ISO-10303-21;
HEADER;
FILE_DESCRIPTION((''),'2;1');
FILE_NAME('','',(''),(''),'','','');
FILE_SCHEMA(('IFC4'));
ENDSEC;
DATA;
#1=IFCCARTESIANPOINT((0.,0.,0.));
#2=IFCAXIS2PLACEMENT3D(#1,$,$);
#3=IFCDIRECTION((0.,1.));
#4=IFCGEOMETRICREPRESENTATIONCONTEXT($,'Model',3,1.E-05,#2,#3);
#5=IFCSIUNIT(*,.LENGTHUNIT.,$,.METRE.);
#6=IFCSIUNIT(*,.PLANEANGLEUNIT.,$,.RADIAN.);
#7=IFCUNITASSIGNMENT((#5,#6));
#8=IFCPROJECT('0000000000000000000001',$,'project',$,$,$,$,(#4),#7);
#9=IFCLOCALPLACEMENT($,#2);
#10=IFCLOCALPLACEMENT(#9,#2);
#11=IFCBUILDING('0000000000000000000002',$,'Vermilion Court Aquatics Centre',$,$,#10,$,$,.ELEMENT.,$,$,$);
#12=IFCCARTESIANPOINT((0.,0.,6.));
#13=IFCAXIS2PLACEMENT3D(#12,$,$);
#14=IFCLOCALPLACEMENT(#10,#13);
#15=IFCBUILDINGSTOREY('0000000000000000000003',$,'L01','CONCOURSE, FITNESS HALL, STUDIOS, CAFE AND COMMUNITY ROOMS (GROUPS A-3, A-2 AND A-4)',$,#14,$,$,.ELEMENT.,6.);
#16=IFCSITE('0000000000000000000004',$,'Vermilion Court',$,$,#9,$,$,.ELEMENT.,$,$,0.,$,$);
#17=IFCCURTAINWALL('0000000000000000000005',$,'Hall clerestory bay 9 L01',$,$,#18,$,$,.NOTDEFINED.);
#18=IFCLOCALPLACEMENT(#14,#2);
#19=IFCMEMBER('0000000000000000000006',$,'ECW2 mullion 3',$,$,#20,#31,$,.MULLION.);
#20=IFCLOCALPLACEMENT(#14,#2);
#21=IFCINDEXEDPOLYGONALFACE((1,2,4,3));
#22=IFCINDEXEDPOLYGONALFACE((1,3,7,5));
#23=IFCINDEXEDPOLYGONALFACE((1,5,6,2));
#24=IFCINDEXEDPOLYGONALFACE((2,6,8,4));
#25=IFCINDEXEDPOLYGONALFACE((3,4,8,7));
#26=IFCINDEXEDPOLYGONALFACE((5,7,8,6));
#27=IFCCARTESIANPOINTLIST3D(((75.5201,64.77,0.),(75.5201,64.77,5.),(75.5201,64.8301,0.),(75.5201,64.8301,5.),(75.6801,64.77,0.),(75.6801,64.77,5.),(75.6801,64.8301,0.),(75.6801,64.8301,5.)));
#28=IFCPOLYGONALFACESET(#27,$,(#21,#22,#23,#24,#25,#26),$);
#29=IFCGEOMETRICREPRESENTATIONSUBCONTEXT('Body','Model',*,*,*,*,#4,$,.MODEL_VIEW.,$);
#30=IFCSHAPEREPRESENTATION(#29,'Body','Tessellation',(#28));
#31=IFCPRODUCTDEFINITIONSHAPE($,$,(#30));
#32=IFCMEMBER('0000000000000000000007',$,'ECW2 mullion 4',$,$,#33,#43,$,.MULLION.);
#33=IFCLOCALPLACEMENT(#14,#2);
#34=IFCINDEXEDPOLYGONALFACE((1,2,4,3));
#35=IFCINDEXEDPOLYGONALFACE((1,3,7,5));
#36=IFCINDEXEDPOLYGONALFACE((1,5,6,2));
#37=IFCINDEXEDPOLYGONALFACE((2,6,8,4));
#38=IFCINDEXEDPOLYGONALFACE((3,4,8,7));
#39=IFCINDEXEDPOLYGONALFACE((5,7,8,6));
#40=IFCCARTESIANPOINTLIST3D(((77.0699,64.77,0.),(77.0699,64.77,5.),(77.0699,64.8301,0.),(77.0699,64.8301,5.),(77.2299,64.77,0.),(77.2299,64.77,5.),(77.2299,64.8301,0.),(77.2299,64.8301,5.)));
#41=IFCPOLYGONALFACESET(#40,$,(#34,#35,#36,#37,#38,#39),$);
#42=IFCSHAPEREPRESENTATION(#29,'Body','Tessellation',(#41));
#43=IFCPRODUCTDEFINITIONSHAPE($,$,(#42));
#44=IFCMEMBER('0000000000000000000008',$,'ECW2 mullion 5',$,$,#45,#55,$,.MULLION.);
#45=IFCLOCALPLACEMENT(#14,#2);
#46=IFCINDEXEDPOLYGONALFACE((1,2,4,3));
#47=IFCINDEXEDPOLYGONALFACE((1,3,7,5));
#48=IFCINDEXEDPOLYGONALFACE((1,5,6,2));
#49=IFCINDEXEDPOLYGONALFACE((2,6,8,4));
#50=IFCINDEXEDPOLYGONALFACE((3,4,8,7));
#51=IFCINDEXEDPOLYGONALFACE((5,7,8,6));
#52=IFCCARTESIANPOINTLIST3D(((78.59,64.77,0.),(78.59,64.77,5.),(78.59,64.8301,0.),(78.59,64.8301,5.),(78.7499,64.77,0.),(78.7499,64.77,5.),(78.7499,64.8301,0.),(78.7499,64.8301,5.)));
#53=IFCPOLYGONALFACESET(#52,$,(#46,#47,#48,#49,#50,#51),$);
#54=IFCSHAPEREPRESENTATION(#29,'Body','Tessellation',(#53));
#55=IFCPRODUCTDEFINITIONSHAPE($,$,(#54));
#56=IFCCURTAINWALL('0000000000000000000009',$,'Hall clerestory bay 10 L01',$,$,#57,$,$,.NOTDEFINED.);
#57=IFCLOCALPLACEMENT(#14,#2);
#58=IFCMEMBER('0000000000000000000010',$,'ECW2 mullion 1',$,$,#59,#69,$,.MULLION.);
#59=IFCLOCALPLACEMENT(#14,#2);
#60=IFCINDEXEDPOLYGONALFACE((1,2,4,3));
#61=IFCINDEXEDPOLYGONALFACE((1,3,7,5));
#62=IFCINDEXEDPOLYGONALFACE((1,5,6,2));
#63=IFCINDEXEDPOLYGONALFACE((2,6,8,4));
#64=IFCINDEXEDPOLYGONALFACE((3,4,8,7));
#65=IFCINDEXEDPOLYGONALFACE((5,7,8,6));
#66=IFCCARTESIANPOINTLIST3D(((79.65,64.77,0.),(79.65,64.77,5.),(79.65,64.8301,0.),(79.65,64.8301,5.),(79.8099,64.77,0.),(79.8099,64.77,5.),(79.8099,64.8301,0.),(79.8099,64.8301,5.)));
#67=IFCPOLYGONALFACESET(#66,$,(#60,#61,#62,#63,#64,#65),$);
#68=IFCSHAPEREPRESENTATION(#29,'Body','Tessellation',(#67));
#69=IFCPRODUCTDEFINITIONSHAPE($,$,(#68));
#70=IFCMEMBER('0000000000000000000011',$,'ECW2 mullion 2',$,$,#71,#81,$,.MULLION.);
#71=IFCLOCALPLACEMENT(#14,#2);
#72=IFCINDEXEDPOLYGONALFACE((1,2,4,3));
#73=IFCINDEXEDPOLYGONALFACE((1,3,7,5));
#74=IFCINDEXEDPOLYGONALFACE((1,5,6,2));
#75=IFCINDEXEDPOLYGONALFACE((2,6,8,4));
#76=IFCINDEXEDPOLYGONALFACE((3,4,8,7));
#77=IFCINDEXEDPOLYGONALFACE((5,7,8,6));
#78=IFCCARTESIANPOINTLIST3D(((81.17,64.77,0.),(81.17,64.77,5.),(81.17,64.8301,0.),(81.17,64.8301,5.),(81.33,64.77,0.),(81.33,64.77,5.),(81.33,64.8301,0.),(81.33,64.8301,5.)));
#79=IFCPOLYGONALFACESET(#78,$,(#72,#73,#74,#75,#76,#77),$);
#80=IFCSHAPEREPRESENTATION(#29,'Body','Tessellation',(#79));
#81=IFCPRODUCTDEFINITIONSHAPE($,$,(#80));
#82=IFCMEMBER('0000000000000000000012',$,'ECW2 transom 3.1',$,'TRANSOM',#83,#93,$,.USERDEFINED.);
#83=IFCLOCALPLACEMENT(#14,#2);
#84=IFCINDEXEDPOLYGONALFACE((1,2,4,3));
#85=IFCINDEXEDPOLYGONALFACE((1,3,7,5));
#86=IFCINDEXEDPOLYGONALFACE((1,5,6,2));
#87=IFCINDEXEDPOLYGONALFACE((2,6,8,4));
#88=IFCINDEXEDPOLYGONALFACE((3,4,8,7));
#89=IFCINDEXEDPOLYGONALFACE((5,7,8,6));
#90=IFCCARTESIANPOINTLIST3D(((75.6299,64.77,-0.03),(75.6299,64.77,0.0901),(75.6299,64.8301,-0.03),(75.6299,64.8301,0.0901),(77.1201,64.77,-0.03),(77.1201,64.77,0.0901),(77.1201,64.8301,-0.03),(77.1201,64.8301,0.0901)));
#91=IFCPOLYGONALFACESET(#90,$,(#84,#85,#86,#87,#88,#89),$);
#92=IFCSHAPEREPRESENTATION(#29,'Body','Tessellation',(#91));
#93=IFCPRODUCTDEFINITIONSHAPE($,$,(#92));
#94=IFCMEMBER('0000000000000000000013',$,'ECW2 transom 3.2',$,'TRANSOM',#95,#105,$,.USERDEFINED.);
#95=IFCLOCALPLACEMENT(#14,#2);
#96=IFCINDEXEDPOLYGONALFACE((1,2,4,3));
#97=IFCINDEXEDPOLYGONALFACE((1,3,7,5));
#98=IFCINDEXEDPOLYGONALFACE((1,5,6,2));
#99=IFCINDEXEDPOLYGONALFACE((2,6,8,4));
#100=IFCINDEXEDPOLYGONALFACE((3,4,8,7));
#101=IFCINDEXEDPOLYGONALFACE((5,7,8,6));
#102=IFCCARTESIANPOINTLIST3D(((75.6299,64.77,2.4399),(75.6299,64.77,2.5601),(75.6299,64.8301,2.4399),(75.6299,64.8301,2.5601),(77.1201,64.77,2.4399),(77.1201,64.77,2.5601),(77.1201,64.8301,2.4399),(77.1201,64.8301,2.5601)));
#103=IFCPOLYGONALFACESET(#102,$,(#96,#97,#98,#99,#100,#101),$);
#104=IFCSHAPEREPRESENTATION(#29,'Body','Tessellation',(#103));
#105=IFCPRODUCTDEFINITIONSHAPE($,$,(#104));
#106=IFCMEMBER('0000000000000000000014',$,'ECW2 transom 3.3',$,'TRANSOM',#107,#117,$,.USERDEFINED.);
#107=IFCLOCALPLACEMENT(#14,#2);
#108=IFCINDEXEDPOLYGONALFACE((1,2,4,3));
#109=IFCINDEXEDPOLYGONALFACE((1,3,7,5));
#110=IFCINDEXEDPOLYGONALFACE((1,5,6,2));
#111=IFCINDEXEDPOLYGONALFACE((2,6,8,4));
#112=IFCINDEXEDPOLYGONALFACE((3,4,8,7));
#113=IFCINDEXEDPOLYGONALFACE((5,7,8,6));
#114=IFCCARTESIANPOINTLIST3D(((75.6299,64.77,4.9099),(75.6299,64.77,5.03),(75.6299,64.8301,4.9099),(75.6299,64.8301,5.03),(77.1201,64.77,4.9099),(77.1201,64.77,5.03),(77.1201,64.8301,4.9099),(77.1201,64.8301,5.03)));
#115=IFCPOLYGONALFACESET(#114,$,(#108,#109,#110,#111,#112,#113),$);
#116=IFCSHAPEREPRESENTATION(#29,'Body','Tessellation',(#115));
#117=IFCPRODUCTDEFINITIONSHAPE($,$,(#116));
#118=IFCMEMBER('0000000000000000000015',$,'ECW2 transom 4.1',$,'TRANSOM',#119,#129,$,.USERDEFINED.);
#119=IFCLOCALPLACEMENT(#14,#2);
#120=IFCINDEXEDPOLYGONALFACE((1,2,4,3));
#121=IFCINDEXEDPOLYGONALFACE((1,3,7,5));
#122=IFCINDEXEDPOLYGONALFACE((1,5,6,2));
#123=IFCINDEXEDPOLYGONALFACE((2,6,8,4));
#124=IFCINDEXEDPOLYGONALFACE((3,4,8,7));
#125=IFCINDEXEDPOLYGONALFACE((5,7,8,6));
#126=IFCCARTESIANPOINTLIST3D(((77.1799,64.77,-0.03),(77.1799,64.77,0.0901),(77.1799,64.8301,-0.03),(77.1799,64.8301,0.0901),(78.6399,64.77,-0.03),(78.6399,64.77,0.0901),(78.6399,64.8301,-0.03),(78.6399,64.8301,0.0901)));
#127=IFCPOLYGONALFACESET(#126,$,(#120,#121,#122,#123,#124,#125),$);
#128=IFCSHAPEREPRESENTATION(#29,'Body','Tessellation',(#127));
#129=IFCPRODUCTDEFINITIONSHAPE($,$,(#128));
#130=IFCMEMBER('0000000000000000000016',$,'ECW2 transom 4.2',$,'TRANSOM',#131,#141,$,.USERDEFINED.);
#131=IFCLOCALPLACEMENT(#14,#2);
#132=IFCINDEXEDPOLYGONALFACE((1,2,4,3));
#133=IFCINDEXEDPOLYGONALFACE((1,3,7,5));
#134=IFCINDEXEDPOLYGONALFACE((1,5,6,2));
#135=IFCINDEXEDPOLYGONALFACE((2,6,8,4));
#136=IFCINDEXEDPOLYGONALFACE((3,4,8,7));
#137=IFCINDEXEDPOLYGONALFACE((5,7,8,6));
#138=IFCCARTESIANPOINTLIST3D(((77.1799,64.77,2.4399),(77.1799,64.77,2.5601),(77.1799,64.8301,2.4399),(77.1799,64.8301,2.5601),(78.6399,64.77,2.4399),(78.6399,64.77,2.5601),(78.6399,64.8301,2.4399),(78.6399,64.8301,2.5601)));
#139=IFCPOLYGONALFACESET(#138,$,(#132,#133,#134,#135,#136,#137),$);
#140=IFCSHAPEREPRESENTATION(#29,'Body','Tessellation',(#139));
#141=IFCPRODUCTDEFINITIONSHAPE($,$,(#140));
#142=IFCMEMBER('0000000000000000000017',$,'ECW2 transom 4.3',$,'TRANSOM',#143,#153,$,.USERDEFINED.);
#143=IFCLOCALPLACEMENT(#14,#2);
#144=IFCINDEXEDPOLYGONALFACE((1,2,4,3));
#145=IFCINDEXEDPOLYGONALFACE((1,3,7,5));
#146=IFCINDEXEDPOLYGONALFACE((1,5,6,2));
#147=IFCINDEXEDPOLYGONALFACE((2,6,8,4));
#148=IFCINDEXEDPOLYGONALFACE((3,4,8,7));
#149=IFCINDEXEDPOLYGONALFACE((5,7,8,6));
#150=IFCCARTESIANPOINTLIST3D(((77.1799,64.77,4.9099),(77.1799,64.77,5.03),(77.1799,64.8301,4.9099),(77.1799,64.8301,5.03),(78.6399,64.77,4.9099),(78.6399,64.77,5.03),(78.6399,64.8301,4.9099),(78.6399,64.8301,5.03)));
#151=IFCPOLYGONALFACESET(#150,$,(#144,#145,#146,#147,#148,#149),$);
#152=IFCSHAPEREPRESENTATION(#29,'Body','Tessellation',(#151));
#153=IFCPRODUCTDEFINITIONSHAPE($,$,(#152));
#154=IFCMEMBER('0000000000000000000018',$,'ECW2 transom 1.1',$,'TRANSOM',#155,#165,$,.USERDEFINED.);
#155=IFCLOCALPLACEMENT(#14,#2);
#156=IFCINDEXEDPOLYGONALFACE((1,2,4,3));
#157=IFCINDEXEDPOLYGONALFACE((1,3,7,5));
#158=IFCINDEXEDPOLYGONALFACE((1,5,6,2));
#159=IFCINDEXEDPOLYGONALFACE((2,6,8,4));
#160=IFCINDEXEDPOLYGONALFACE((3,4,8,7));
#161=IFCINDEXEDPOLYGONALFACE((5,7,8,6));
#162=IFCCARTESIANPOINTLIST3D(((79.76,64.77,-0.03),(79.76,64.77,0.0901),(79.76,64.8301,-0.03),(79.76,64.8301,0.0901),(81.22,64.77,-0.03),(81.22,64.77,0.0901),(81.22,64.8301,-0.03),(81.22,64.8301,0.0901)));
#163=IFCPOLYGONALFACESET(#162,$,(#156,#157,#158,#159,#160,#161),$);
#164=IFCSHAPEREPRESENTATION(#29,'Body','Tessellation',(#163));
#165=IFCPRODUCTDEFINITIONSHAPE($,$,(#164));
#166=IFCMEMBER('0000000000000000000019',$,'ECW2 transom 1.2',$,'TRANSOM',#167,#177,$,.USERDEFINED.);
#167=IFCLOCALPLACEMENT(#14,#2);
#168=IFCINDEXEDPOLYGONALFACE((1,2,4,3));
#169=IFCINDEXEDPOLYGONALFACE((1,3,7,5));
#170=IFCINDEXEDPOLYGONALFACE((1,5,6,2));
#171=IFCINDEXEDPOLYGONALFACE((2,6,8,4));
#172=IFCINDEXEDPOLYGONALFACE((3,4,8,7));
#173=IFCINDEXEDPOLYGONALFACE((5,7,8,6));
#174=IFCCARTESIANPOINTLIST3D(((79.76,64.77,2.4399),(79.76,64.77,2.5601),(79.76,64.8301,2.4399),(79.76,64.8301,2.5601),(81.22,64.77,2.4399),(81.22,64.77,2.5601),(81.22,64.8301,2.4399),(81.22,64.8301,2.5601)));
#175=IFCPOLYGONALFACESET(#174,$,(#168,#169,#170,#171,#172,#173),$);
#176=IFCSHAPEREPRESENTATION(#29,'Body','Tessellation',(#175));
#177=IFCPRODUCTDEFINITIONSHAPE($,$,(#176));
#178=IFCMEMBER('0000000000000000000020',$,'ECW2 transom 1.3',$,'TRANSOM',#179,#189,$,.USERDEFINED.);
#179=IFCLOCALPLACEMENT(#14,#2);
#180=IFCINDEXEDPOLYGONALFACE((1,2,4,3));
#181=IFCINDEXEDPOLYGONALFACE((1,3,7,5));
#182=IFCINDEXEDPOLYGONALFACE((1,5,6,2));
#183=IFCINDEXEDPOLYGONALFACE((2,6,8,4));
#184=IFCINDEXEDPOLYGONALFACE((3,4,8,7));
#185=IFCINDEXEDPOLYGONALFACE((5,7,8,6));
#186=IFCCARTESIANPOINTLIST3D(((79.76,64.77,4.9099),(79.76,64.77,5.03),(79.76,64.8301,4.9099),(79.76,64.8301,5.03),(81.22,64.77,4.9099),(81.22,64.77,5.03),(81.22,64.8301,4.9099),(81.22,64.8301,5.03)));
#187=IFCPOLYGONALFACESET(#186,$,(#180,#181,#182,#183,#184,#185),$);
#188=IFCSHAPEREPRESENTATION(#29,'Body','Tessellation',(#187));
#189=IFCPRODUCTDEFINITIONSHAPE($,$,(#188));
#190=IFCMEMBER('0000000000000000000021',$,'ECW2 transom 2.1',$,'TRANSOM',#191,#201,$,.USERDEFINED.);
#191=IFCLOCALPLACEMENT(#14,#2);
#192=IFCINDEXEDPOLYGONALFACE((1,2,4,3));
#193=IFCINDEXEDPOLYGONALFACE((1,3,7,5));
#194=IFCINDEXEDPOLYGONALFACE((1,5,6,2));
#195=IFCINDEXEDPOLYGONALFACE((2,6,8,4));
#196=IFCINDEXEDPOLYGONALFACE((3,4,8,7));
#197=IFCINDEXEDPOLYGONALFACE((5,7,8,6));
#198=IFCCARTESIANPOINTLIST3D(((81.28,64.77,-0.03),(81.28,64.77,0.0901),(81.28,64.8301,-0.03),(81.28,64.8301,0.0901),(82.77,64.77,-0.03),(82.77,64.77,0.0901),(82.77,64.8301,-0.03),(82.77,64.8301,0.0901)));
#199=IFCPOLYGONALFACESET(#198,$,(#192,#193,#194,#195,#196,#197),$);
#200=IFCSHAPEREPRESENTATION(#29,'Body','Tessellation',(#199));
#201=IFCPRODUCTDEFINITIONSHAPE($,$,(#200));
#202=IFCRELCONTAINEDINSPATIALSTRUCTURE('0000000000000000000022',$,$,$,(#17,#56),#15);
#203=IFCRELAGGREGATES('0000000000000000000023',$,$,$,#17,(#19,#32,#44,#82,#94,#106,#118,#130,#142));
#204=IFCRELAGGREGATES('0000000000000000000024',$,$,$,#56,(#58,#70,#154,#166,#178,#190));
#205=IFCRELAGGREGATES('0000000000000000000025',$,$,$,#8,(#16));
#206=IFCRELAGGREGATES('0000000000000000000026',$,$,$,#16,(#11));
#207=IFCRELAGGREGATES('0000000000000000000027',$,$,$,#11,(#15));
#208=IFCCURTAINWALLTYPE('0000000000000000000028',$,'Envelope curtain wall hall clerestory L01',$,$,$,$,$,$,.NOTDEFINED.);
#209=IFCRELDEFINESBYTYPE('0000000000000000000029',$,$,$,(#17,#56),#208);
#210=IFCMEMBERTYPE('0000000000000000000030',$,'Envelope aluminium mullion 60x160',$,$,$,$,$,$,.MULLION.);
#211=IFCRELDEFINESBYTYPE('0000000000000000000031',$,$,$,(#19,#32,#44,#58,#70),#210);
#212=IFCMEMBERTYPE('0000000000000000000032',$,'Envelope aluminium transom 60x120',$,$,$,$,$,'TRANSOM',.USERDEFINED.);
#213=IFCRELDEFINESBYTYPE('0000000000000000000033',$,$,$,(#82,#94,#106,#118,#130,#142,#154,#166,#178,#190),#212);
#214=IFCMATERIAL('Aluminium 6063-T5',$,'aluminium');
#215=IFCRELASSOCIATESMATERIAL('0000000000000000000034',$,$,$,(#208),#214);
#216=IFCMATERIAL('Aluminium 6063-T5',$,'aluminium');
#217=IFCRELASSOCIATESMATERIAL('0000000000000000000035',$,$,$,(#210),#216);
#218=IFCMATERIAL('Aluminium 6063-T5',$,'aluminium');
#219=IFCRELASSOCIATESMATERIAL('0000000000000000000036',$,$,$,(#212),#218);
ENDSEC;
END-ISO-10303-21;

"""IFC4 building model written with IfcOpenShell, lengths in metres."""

from ifc_helpers import new_model, si_unit, direction, frame, origin, origin_2d, place, context, subcontext, project, spatial, rectangle, extrude, material, material_profile, profile_set, type_object, element, aggregate, save


model = new_model("IFC4")

# Units and contexts
model_context = context("Model", 3, precision=1e-05, world=origin(), true_north=direction((0.0, 1.0)))
body_context = subcontext(model_context, "Body", "Model", "MODEL_VIEW")
ifc_project = project(units=[si_unit("LENGTHUNIT", "METRE"), si_unit("PLANEANGLEUNIT", "RADIAN")], contexts=[model_context])

# Site, building, storey
site_placement = place(None, origin())
site = spatial("IfcSite", under=ifc_project, at=site_placement, Name="Vermilion Court", CompositionType="ELEMENT", RefElevation=0.0)
building_placement = place(site_placement, origin())
building = spatial("IfcBuilding", under=site, at=building_placement, Name="Vermilion Court Aquatics Centre", CompositionType="ELEMENT")
storey_placement = place(building_placement, frame((0.0, 0.0, 6.0)))
storey = spatial("IfcBuildingStorey", under=building, at=storey_placement, Name="L01", Description="CONCOURSE, FITNESS HALL, STUDIOS, CAFE AND COMMUNITY ROOMS (GROUPS A-3, A-2 AND A-4)", CompositionType="ELEMENT", Elevation=6.0)

# Curtain walls, members
ifc_material_1 = material(Name="Aluminium 6063-T5", Category="aluminium")
curtain_wall_type = type_object("IfcCurtainWallType", Name="Envelope curtain wall hall clerestory L01", PredefinedType="NOTDEFINED", material=ifc_material_1)
curtain_wall_1_placement = place(storey_placement, origin())
curtain_wall_1 = element("IfcCurtainWall", 1, at=curtain_wall_1_placement, inside=storey, type_object=curtain_wall_type, Name="Hall clerestory bay 9 L01", PredefinedType="NOTDEFINED")
ifc_material_2 = material(Name="Aluminium 6063-T5", Category="aluminium")
ifc_material_profile_1 = material_profile(ifc_material_2, rectangle(XDim=0.0601, YDim=0.1599, at=origin_2d()), Name="AL 60x160")
ifc_profile_set_1 = profile_set([ifc_material_profile_1], Name="Aluminium 6063-T5")
member_type_1 = type_object("IfcMemberType", Name="Envelope aluminium mullion 60x160", PredefinedType="MULLION", material=ifc_profile_set_1)
member_1_placement = place(storey_placement, frame((75.6001, 64.8, 0.0), z_axis=(0.0, 0.0, 1.0), x_axis=(0.0, 1.0, 0.0)))
member_1 = element("IfcMember", 2, at=member_1_placement, type_object=member_type_1, Name="ECW2 mullion 3", PredefinedType="MULLION", context=body_context, shape_type="SweptSolid", body=[
    extrude(rectangle(XDim=0.0601, YDim=0.1599, at=origin_2d()), origin(), (0.0, 0.0, 1.0), 5.0),
])
member_2_placement = place(storey_placement, frame((77.1499, 64.8, 0.0), z_axis=(0.0, 0.0, 1.0), x_axis=(0.0, 1.0, 0.0)))
member_2 = element("IfcMember", 3, at=member_2_placement, type_object=member_type_1, Name="ECW2 mullion 4", PredefinedType="MULLION", context=body_context, shape_type="SweptSolid", body=[
    extrude(rectangle(XDim=0.0601, YDim=0.1599, at=origin_2d()), origin(), (0.0, 0.0, 1.0), 5.0),
])
member_3_placement = place(storey_placement, frame((78.6699, 64.8, 0.0), z_axis=(0.0, 0.0, 1.0), x_axis=(0.0, 1.0, 0.0)))
member_3 = element("IfcMember", 4, at=member_3_placement, type_object=member_type_1, Name="ECW2 mullion 5", PredefinedType="MULLION", context=body_context, shape_type="SweptSolid", body=[
    extrude(rectangle(XDim=0.0601, YDim=0.1599, at=origin_2d()), origin(), (0.0, 0.0, 1.0), 5.0),
])
curtain_wall_2_placement = place(storey_placement, origin())
curtain_wall_2 = element("IfcCurtainWall", 5, at=curtain_wall_2_placement, inside=storey, type_object=curtain_wall_type, Name="Hall clerestory bay 10 L01", PredefinedType="NOTDEFINED")
member_4_placement = place(storey_placement, frame((79.73, 64.8, 0.0), z_axis=(0.0, 0.0, 1.0), x_axis=(0.0, 1.0, 0.0)))
member_4 = element("IfcMember", 6, at=member_4_placement, type_object=member_type_1, Name="ECW2 mullion 1", PredefinedType="MULLION", context=body_context, shape_type="SweptSolid", body=[
    extrude(rectangle(XDim=0.0601, YDim=0.1599, at=origin_2d()), origin(), (0.0, 0.0, 1.0), 5.0),
])
member_5_placement = place(storey_placement, frame((81.25, 64.8, 0.0), z_axis=(0.0, 0.0, 1.0), x_axis=(0.0, 1.0, 0.0)))
member_5 = element("IfcMember", 7, at=member_5_placement, type_object=member_type_1, Name="ECW2 mullion 2", PredefinedType="MULLION", context=body_context, shape_type="SweptSolid", body=[
    extrude(rectangle(XDim=0.0601, YDim=0.1599, at=origin_2d()), origin(), (0.0, 0.0, 1.0), 5.0),
])

# Members
ifc_material_3 = material(Name="Aluminium 6063-T5", Category="aluminium")
ifc_material_profile_2 = material_profile(ifc_material_3, rectangle(XDim=0.0601, YDim=0.1201, at=origin_2d()), Name="AL 60x120")
ifc_profile_set_2 = profile_set([ifc_material_profile_2], Name="Aluminium 6063-T5")
member_type_2 = type_object("IfcMemberType", Name="Envelope aluminium transom 60x120", ElementType="TRANSOM", PredefinedType="USERDEFINED", material=ifc_profile_set_2)
member_6_placement = place(storey_placement, frame((75.6299, 64.8, 0.03), z_axis=(1.0, 0.0, 0.0), x_axis=(0.0, 1.0, 0.0)))
member_6 = element("IfcMember", 8, at=member_6_placement, type_object=member_type_2, Name="ECW2 transom 3.1", ObjectType="TRANSOM", PredefinedType="USERDEFINED", context=body_context, shape_type="SweptSolid", body=[
    extrude(rectangle(XDim=0.0601, YDim=0.1201, at=origin_2d()), origin(), (0.0, 0.0, 1.0), 1.4902),
])
member_7_placement = place(storey_placement, frame((75.6299, 64.8, 2.5), z_axis=(1.0, 0.0, 0.0), x_axis=(0.0, 1.0, 0.0)))
member_7 = element("IfcMember", 9, at=member_7_placement, type_object=member_type_2, Name="ECW2 transom 3.2", ObjectType="TRANSOM", PredefinedType="USERDEFINED", context=body_context, shape_type="SweptSolid", body=[
    extrude(rectangle(XDim=0.0601, YDim=0.1201, at=origin_2d()), origin(), (0.0, 0.0, 1.0), 1.4902),
])
member_8_placement = place(storey_placement, frame((75.6299, 64.8, 4.97), z_axis=(1.0, 0.0, 0.0), x_axis=(0.0, 1.0, 0.0)))
member_8 = element("IfcMember", 10, at=member_8_placement, type_object=member_type_2, Name="ECW2 transom 3.3", ObjectType="TRANSOM", PredefinedType="USERDEFINED", context=body_context, shape_type="SweptSolid", body=[
    extrude(rectangle(XDim=0.0601, YDim=0.1201, at=origin_2d()), origin(), (0.0, 0.0, 1.0), 1.4902),
])
member_9_placement = place(storey_placement, frame((77.1799, 64.8, 0.03), z_axis=(1.0, 0.0, 0.0), x_axis=(0.0, 1.0, 0.0)))
member_9 = element("IfcMember", 11, at=member_9_placement, type_object=member_type_2, Name="ECW2 transom 4.1", ObjectType="TRANSOM", PredefinedType="USERDEFINED", context=body_context, shape_type="SweptSolid", body=[
    extrude(rectangle(XDim=0.0601, YDim=0.1201, at=origin_2d()), origin(), (0.0, 0.0, 1.0), 1.46),
])
member_10_placement = place(storey_placement, frame((77.1799, 64.8, 2.5), z_axis=(1.0, 0.0, 0.0), x_axis=(0.0, 1.0, 0.0)))
member_10 = element("IfcMember", 12, at=member_10_placement, type_object=member_type_2, Name="ECW2 transom 4.2", ObjectType="TRANSOM", PredefinedType="USERDEFINED", context=body_context, shape_type="SweptSolid", body=[
    extrude(rectangle(XDim=0.0601, YDim=0.1201, at=origin_2d()), origin(), (0.0, 0.0, 1.0), 1.46),
])
member_11_placement = place(storey_placement, frame((77.1799, 64.8, 4.97), z_axis=(1.0, 0.0, 0.0), x_axis=(0.0, 1.0, 0.0)))
member_11 = element("IfcMember", 13, at=member_11_placement, type_object=member_type_2, Name="ECW2 transom 4.3", ObjectType="TRANSOM", PredefinedType="USERDEFINED", context=body_context, shape_type="SweptSolid", body=[
    extrude(rectangle(XDim=0.0601, YDim=0.1201, at=origin_2d()), origin(), (0.0, 0.0, 1.0), 1.46),
])
member_12_placement = place(storey_placement, frame((79.76, 64.8, 0.03), z_axis=(1.0, 0.0, 0.0), x_axis=(0.0, 1.0, 0.0)))
member_12 = element("IfcMember", 14, at=member_12_placement, type_object=member_type_2, Name="ECW2 transom 1.1", ObjectType="TRANSOM", PredefinedType="USERDEFINED", context=body_context, shape_type="SweptSolid", body=[
    extrude(rectangle(XDim=0.0601, YDim=0.1201, at=origin_2d()), origin(), (0.0, 0.0, 1.0), 1.46),
])
member_13_placement = place(storey_placement, frame((79.76, 64.8, 2.5), z_axis=(1.0, 0.0, 0.0), x_axis=(0.0, 1.0, 0.0)))
member_13 = element("IfcMember", 15, at=member_13_placement, type_object=member_type_2, Name="ECW2 transom 1.2", ObjectType="TRANSOM", PredefinedType="USERDEFINED", context=body_context, shape_type="SweptSolid", body=[
    extrude(rectangle(XDim=0.0601, YDim=0.1201, at=origin_2d()), origin(), (0.0, 0.0, 1.0), 1.46),
])
member_14_placement = place(storey_placement, frame((79.76, 64.8, 4.97), z_axis=(1.0, 0.0, 0.0), x_axis=(0.0, 1.0, 0.0)))
member_14 = element("IfcMember", 16, at=member_14_placement, type_object=member_type_2, Name="ECW2 transom 1.3", ObjectType="TRANSOM", PredefinedType="USERDEFINED", context=body_context, shape_type="SweptSolid", body=[
    extrude(rectangle(XDim=0.0601, YDim=0.1201, at=origin_2d()), origin(), (0.0, 0.0, 1.0), 1.46),
])
member_15_placement = place(storey_placement, frame((81.28, 64.8, 0.03), z_axis=(1.0, 0.0, 0.0), x_axis=(0.0, 1.0, 0.0)))
member_15 = element("IfcMember", 17, at=member_15_placement, type_object=member_type_2, Name="ECW2 transom 2.1", ObjectType="TRANSOM", PredefinedType="USERDEFINED", context=body_context, shape_type="SweptSolid", body=[
    extrude(rectangle(XDim=0.0601, YDim=0.1201, at=origin_2d()), origin(), (0.0, 0.0, 1.0), 1.49),
])

aggregate(curtain_wall_1, [member_1, member_2, member_3, member_6, member_7, member_8, member_9, member_10, member_11])
aggregate(curtain_wall_2, [member_4, member_5, member_12, member_13, member_14, member_15])

save(model, "model.ifc")
